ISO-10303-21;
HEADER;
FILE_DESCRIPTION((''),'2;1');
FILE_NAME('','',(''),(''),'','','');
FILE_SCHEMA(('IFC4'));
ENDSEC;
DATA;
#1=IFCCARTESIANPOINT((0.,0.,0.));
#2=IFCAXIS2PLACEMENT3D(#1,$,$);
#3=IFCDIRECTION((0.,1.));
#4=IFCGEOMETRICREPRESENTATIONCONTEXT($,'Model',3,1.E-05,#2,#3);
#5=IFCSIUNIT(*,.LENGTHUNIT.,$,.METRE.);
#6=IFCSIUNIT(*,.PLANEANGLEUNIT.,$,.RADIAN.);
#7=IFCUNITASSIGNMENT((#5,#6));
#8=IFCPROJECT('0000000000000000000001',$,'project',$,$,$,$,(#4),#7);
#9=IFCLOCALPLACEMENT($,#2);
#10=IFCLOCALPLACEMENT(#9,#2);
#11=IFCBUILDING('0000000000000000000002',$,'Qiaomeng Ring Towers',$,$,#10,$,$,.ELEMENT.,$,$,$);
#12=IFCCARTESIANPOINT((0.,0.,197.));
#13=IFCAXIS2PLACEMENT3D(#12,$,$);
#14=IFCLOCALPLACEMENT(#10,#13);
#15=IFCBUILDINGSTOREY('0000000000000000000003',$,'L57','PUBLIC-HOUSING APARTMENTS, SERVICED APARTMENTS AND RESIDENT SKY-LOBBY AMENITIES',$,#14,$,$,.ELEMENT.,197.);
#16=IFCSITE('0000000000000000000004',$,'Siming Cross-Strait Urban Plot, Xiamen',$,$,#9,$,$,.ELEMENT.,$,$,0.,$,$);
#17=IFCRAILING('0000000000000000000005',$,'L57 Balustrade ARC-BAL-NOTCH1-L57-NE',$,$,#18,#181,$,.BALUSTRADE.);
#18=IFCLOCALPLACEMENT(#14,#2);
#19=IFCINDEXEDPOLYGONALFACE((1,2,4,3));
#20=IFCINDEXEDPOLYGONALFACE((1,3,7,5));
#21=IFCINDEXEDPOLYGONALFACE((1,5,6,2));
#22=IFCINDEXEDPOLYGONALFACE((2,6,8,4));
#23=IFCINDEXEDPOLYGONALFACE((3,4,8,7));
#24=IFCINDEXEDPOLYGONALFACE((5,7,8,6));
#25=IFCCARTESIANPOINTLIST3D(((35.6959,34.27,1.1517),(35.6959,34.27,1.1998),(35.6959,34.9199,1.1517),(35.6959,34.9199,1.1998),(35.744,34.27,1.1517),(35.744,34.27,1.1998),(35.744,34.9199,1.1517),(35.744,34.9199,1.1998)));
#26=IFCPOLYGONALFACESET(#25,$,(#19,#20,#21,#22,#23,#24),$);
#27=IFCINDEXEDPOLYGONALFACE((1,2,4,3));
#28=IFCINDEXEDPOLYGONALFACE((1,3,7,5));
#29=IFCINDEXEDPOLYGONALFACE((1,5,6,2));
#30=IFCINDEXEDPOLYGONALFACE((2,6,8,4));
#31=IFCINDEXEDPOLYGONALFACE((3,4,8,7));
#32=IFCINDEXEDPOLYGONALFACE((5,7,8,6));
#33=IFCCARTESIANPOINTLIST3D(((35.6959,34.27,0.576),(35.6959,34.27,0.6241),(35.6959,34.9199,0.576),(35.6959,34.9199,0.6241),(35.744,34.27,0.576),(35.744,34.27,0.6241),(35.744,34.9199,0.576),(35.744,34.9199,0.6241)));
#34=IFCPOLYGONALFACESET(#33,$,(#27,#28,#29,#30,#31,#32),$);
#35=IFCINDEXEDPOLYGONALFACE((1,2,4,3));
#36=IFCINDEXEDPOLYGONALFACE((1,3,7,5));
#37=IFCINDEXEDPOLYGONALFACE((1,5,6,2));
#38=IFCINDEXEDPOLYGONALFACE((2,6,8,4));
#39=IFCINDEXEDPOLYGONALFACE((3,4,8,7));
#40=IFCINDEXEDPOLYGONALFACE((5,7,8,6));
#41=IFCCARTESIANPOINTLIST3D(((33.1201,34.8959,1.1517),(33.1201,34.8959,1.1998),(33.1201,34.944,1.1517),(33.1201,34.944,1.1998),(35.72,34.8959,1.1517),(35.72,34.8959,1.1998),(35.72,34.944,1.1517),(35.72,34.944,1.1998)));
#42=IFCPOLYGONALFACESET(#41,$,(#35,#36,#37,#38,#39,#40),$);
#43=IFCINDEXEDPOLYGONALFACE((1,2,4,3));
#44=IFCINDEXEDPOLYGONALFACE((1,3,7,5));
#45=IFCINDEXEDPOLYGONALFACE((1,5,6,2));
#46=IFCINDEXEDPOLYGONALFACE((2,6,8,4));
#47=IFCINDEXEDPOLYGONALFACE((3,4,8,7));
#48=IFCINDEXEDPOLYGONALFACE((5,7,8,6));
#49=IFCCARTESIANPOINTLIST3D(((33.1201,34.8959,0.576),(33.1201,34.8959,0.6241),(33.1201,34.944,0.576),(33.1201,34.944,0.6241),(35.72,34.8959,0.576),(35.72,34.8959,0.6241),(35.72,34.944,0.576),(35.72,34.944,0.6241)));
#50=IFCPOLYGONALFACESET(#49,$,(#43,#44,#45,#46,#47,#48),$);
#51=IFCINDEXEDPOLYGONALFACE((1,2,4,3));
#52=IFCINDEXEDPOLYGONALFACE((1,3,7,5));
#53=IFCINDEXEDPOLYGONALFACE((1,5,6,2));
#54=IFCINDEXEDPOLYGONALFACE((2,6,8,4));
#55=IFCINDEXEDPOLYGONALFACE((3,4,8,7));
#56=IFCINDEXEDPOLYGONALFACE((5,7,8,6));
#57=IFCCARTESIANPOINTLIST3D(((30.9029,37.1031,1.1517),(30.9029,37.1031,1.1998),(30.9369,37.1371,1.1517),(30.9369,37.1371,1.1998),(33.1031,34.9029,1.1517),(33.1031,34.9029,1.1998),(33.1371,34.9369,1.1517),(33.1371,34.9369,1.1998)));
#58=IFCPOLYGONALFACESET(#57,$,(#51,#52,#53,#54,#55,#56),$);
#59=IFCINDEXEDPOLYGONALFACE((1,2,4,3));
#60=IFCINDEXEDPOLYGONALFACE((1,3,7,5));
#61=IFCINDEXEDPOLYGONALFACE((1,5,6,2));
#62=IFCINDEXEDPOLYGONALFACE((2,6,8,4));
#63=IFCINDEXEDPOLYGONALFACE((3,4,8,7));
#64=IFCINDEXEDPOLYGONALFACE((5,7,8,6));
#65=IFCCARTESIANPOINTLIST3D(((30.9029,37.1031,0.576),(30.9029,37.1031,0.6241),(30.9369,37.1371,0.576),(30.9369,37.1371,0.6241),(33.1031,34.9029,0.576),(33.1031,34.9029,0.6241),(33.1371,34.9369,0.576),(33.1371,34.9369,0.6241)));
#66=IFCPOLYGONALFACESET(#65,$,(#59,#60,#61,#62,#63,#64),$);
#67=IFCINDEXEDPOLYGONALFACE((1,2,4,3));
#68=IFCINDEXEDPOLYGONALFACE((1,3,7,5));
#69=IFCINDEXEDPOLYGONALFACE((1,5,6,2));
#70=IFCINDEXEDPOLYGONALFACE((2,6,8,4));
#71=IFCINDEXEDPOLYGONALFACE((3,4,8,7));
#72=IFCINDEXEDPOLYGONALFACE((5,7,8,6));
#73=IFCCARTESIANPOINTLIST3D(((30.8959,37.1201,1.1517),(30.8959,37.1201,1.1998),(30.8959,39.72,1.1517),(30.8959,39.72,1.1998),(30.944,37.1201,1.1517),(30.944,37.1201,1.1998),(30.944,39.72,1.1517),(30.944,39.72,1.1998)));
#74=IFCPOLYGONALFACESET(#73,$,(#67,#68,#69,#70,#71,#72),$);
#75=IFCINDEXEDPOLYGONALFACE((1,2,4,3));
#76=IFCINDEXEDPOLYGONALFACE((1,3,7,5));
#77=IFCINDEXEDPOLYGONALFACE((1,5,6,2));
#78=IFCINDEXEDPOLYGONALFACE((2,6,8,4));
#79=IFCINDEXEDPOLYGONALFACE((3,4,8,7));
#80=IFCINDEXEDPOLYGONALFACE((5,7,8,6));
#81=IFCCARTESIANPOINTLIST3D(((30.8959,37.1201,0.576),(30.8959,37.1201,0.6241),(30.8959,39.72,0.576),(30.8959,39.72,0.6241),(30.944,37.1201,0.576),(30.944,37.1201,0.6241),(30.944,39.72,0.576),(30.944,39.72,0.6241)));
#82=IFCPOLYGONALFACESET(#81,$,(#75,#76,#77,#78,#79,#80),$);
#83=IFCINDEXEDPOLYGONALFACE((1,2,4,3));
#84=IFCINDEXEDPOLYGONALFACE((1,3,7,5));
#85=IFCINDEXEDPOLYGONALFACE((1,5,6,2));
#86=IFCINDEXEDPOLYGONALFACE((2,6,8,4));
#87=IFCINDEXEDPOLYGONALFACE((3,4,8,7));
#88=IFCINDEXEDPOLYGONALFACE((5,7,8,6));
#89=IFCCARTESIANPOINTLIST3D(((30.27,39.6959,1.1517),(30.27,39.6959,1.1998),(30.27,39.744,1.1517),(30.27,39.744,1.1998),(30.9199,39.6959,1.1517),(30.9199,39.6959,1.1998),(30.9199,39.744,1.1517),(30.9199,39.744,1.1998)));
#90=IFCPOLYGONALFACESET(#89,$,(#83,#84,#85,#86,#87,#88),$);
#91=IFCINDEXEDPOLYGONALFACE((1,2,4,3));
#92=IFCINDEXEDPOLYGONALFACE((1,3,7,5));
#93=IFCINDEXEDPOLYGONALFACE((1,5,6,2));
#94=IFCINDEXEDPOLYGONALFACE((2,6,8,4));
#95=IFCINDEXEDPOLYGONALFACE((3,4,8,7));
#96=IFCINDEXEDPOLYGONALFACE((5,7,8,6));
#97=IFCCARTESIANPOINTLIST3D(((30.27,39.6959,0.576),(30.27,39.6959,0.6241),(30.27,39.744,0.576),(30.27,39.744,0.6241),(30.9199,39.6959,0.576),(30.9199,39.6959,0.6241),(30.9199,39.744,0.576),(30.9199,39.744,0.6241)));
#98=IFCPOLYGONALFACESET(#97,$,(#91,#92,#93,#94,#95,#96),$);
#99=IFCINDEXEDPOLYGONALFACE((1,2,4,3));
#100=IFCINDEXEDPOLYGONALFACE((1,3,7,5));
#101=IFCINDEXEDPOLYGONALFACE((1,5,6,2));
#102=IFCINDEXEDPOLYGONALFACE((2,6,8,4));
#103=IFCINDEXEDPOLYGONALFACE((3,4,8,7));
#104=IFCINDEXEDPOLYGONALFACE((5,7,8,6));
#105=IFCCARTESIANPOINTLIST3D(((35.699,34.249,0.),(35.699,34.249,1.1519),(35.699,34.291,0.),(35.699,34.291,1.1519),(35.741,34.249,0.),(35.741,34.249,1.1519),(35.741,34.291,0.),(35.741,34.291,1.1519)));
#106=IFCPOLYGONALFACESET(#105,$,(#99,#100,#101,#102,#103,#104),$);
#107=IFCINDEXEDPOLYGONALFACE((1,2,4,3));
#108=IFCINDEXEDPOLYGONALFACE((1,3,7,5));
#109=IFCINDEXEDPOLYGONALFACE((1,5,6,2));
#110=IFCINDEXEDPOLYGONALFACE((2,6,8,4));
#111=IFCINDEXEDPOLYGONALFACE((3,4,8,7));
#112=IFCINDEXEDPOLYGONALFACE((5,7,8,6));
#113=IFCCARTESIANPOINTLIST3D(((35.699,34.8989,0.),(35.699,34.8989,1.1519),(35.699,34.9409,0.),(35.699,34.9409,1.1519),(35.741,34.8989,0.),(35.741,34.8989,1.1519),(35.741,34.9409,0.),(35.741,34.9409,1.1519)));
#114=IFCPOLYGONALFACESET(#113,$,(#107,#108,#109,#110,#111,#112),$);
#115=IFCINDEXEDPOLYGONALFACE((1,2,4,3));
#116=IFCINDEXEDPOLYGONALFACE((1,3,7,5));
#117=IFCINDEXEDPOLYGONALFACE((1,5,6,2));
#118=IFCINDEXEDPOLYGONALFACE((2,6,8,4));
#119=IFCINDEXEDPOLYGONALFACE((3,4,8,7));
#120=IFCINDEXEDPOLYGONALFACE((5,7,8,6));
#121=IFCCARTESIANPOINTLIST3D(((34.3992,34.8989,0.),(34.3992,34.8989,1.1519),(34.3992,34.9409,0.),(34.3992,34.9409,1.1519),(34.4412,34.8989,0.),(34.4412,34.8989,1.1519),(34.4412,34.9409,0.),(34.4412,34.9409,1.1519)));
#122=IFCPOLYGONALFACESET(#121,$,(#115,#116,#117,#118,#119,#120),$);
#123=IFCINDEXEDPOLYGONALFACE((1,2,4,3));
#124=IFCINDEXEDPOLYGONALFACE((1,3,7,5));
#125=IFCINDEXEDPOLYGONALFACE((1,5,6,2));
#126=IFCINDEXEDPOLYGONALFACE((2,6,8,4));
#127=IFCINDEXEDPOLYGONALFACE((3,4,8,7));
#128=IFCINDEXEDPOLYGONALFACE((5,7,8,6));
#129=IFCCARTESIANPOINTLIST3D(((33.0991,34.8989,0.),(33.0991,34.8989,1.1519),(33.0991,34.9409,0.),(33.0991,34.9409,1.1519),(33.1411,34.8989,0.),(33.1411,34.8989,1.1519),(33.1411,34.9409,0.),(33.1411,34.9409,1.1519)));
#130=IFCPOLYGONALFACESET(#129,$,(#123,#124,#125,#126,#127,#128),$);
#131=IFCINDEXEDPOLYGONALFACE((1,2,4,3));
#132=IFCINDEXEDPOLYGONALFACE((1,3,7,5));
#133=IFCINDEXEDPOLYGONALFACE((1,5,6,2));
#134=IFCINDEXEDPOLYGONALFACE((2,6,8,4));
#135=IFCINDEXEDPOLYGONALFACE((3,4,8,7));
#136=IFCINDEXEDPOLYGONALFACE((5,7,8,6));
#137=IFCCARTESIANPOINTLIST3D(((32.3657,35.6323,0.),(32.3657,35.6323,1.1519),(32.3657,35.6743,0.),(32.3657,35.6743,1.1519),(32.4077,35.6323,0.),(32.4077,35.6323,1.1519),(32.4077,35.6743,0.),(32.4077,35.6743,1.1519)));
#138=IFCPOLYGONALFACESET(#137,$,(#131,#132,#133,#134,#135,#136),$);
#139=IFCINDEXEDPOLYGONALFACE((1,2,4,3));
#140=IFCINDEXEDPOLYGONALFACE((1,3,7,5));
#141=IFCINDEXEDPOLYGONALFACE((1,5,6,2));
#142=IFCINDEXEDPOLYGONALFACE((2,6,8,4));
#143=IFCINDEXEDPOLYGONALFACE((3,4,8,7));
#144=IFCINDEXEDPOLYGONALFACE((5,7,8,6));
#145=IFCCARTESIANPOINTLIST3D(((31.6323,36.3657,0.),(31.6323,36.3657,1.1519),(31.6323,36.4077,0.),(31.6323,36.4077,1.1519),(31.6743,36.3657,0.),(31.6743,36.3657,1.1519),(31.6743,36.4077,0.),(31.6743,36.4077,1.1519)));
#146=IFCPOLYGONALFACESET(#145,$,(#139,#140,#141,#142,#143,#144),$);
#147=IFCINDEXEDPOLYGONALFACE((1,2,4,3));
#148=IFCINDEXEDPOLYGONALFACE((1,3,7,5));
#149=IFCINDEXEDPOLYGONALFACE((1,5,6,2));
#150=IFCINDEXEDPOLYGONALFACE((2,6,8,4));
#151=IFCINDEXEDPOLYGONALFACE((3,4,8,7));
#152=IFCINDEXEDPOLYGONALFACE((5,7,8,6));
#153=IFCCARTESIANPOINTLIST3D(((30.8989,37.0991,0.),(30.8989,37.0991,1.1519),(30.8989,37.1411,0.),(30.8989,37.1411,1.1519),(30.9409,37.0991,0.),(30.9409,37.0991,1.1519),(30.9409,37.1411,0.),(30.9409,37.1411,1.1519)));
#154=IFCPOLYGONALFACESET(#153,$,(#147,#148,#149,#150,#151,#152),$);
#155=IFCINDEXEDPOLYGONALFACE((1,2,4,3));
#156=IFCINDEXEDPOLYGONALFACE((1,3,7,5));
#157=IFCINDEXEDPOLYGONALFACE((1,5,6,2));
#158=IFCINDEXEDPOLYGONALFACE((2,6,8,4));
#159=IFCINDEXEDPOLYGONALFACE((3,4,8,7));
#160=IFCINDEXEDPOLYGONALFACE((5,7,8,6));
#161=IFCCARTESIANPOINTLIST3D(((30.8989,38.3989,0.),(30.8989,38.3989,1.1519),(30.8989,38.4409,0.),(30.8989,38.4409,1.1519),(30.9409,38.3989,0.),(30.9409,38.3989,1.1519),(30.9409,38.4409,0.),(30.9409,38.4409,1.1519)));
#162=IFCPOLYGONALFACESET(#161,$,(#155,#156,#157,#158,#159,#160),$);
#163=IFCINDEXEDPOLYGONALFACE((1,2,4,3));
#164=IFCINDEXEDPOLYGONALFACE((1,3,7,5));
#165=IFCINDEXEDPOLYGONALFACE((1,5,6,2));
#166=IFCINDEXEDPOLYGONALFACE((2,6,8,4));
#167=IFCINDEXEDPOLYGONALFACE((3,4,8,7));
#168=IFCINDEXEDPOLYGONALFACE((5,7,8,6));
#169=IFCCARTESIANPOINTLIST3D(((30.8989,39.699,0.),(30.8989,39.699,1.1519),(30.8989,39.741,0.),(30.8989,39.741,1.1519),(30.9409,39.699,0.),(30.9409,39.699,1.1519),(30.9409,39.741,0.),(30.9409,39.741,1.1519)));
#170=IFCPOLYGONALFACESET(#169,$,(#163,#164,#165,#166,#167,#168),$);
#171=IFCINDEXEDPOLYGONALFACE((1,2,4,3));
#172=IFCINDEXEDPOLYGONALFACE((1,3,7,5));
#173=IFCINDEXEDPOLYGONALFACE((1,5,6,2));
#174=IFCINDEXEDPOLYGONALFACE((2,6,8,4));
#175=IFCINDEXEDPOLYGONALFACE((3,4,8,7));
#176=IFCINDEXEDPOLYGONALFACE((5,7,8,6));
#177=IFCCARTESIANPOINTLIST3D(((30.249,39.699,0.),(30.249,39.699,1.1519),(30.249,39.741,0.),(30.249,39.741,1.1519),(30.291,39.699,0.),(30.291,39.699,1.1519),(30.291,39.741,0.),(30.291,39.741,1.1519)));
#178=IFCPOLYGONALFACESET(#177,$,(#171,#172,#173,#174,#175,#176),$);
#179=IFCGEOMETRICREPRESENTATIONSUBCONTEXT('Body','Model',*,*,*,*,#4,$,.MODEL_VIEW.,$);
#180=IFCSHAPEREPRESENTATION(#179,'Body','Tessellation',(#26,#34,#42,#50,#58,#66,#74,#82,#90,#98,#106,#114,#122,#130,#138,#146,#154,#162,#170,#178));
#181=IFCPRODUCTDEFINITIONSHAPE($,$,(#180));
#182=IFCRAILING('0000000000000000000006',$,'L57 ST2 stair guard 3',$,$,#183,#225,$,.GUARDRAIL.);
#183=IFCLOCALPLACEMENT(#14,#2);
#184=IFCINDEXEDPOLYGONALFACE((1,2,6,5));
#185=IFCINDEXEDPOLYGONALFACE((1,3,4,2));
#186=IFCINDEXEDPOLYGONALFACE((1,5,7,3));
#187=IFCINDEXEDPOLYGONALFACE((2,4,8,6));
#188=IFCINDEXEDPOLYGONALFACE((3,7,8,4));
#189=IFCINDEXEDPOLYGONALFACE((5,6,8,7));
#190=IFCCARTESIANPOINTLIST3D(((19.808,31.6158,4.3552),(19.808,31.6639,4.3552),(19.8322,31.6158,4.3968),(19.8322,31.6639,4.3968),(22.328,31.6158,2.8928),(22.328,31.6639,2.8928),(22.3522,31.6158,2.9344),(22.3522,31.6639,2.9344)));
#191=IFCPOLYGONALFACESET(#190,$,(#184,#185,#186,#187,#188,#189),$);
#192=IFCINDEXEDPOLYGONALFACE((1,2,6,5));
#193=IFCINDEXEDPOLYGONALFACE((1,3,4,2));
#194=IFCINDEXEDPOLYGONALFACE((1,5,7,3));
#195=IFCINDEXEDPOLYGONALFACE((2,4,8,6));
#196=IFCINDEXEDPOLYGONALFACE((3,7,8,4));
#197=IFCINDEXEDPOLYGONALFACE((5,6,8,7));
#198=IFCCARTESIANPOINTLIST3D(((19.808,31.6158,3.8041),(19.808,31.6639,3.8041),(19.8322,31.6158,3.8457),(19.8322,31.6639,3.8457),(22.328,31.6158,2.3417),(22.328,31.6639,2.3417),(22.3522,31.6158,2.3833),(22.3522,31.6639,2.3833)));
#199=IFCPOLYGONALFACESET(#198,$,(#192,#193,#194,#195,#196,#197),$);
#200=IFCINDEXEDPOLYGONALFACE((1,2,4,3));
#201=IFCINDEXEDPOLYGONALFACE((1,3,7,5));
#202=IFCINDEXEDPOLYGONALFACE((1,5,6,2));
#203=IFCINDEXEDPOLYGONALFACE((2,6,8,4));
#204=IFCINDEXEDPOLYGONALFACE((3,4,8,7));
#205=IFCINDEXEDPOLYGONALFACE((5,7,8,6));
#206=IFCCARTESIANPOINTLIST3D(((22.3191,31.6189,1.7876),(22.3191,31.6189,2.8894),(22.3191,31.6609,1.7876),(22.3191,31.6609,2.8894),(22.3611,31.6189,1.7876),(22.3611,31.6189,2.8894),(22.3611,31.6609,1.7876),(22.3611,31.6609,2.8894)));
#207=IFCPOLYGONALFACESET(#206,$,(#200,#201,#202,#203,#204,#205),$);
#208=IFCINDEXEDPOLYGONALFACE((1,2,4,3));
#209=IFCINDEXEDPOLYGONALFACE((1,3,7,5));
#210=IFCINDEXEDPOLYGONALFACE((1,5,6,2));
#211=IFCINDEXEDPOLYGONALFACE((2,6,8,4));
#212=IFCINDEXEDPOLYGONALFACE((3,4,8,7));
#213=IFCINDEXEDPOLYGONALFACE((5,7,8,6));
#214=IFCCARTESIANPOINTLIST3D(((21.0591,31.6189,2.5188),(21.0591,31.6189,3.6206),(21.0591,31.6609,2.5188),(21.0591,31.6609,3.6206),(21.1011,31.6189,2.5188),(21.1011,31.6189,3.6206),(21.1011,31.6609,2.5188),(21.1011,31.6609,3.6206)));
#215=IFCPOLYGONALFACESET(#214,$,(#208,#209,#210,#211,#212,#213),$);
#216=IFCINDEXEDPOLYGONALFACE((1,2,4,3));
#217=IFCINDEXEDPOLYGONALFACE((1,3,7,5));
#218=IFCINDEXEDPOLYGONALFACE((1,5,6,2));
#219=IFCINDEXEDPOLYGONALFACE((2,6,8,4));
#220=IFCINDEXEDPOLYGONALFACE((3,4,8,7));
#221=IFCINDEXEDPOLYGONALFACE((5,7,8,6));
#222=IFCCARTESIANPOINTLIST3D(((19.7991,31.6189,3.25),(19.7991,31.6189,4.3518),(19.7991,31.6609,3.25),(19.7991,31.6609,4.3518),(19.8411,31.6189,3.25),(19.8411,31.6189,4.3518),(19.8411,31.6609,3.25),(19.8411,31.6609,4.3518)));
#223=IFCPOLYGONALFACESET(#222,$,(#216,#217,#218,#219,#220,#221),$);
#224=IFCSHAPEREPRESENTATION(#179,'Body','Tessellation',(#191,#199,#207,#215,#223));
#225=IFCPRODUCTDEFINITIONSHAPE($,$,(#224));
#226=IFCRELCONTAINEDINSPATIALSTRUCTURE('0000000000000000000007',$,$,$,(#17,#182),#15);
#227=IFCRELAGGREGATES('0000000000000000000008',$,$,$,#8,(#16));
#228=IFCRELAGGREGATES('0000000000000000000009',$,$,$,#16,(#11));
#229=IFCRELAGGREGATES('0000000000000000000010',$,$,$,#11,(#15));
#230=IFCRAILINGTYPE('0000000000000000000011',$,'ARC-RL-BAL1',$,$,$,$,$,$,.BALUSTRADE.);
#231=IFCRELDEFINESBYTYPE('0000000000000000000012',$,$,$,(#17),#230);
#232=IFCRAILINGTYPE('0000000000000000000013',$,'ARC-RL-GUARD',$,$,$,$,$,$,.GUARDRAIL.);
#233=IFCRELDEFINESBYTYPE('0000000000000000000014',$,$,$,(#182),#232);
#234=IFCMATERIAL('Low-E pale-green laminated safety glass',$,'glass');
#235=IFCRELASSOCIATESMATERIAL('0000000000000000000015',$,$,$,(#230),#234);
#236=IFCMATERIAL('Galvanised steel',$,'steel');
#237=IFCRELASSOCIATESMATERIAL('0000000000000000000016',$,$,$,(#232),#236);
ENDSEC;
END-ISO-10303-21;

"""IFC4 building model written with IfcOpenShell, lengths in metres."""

from ifc_helpers import new_model, si_unit, direction, frame, origin, origin_2d, place, context, subcontext, project, spatial, rectangle, extrude, material, type_object, element, save


model = new_model("IFC4")

# Units and contexts
model_context = context("Model", 3, precision=1e-05, world=origin(), true_north=direction((0.0, 1.0)))
body_context = subcontext(model_context, "Body", "Model", "MODEL_VIEW")
ifc_project = project(units=[si_unit("LENGTHUNIT", "METRE"), si_unit("PLANEANGLEUNIT", "RADIAN")], contexts=[model_context])

# Site, building, storey
site_placement = place(None, origin())
site = spatial("IfcSite", under=ifc_project, at=site_placement, Name="Siming Cross-Strait Urban Plot, Xiamen", CompositionType="ELEMENT", RefElevation=0.0)
building_placement = place(site_placement, origin())
building = spatial("IfcBuilding", under=site, at=building_placement, Name="Qiaomeng Ring Towers", CompositionType="ELEMENT")
storey_placement = place(building_placement, frame((0.0, 0.0, 197.0)))
storey = spatial("IfcBuildingStorey", under=building, at=storey_placement, Name="L57", Description="PUBLIC-HOUSING APARTMENTS, SERVICED APARTMENTS AND RESIDENT SKY-LOBBY AMENITIES", CompositionType="ELEMENT", Elevation=197.0)

# Shared definitions
ifc_material_1 = material(Name="Galvanised steel", Category="steel")

# Railings
ifc_material_2 = material(Name="Low-E pale-green laminated safety glass", Category="glass")
railing_type_1 = type_object("IfcRailingType", Name="ARC-RL-BAL1", PredefinedType="BALUSTRADE", material=ifc_material_2)
railing_1_placement = place(storey_placement, frame((35.72, 34.27, 0.0)))
element("IfcRailing", 1, at=railing_1_placement, inside=storey, type_object=railing_type_1, Name="L57 Balustrade ARC-BAL-NOTCH1-L57-NE", PredefinedType="BALUSTRADE", context=body_context, shape_type="SweptSolid", body=[
    extrude(rectangle(XDim=0.0481, YDim=0.0481, at=origin_2d()), frame((0.0, 0.0, 1.1758), z_axis=(0.0, 1.0, 0.0), x_axis=(-1.0, 0.0, 0.0)), (0.0, 0.0, 1.0), 0.6499),
    extrude(rectangle(XDim=0.0481, YDim=0.0481, at=origin_2d()), frame((0.0, 0.0, 0.6001), z_axis=(0.0, 1.0, 0.0), x_axis=(-1.0, 0.0, 0.0)), (0.0, 0.0, 1.0), 0.6499),
    extrude(rectangle(XDim=0.0481, YDim=0.0481, at=origin_2d()), frame((0.0, 0.6499, 1.1758), z_axis=(-1.0, 0.0, 0.0), x_axis=(0.0, -1.0, 0.0)), (0.0, 0.0, 1.0), 2.5999),
    extrude(rectangle(XDim=0.0481, YDim=0.0481, at=origin_2d()), frame((0.0, 0.6499, 0.6001), z_axis=(-1.0, 0.0, 0.0), x_axis=(0.0, -1.0, 0.0)), (0.0, 0.0, 1.0), 2.5999),
    extrude(rectangle(XDim=0.0481, YDim=0.0481, at=origin_2d()), frame((-2.5999, 0.6499, 1.1758), z_axis=(-0.707107, 0.707107, 0.0), x_axis=(-0.707107, -0.707107, 0.0)), (0.0, 0.0, 1.0), 3.1116),
    extrude(rectangle(XDim=0.0481, YDim=0.0481, at=origin_2d()), frame((-2.5999, 0.6499, 0.6001), z_axis=(-0.707107, 0.707107, 0.0), x_axis=(-0.707107, -0.707107, 0.0)), (0.0, 0.0, 1.0), 3.1116),
    extrude(rectangle(XDim=0.0481, YDim=0.0481, at=origin_2d()), frame((-4.8, 2.8501, 1.1758), z_axis=(0.0, 1.0, 0.0), x_axis=(-1.0, 0.0, 0.0)), (0.0, 0.0, 1.0), 2.5999),
    extrude(rectangle(XDim=0.0481, YDim=0.0481, at=origin_2d()), frame((-4.8, 2.8501, 0.6001), z_axis=(0.0, 1.0, 0.0), x_axis=(-1.0, 0.0, 0.0)), (0.0, 0.0, 1.0), 2.5999),
    extrude(rectangle(XDim=0.0481, YDim=0.0481, at=origin_2d()), frame((-4.8, 5.45, 1.1758), z_axis=(-1.0, 0.0, 0.0), x_axis=(0.0, -1.0, 0.0)), (0.0, 0.0, 1.0), 0.6499),
    extrude(rectangle(XDim=0.0481, YDim=0.0481, at=origin_2d()), frame((-4.8, 5.45, 0.6001), z_axis=(-1.0, 0.0, 0.0), x_axis=(0.0, -1.0, 0.0)), (0.0, 0.0, 1.0), 0.6499),
    extrude(rectangle(XDim=0.042, YDim=0.042, at=origin_2d()), origin(), (0.0, 0.0, 1.0), 1.1519),
    extrude(rectangle(XDim=0.042, YDim=0.042, at=origin_2d()), frame((0.0, 0.6499, 0.0)), (0.0, 0.0, 1.0), 1.1519),
    extrude(rectangle(XDim=0.042, YDim=0.042, at=origin_2d()), frame((-1.2998, 0.6499, 0.0)), (0.0, 0.0, 1.0), 1.1519),
    extrude(rectangle(XDim=0.042, YDim=0.042, at=origin_2d()), frame((-2.5999, 0.6499, 0.0)), (0.0, 0.0, 1.0), 1.1519),
    extrude(rectangle(XDim=0.042, YDim=0.042, at=origin_2d()), frame((-3.3333, 1.3833, 0.0)), (0.0, 0.0, 1.0), 1.1519),
    extrude(rectangle(XDim=0.042, YDim=0.042, at=origin_2d()), frame((-4.0667, 2.1167, 0.0)), (0.0, 0.0, 1.0), 1.1519),
    extrude(rectangle(XDim=0.042, YDim=0.042, at=origin_2d()), frame((-4.8, 2.8501, 0.0)), (0.0, 0.0, 1.0), 1.1519),
    extrude(rectangle(XDim=0.042, YDim=0.042, at=origin_2d()), frame((-4.8, 4.1499, 0.0)), (0.0, 0.0, 1.0), 1.1519),
    extrude(rectangle(XDim=0.042, YDim=0.042, at=origin_2d()), frame((-4.8, 5.45, 0.0)), (0.0, 0.0, 1.0), 1.1519),
    extrude(rectangle(XDim=0.042, YDim=0.042, at=origin_2d()), frame((-5.45, 5.45, 0.0)), (0.0, 0.0, 1.0), 1.1519),
])
railing_type_2 = type_object("IfcRailingType", Name="ARC-RL-GUARD", PredefinedType="GUARDRAIL", material=ifc_material_1)
railing_2_placement = place(storey_placement, frame((22.3401, 31.6399, 1.7876)))
element("IfcRailing", 2, at=railing_2_placement, inside=storey, type_object=railing_type_2, Name="L57 ST2 stair guard 3", PredefinedType="GUARDRAIL", context=body_context, shape_type="SweptSolid", body=[
    extrude(rectangle(XDim=0.0481, YDim=0.0481, at=origin_2d()), frame((0.0, 0.0, 1.126), z_axis=(-0.864913, 0.0, 0.501921), x_axis=(0.0, -1.0, 0.0)), (0.0, 0.0, 1.0), 2.9136),
    extrude(rectangle(XDim=0.0481, YDim=0.0481, at=origin_2d()), frame((0.0, 0.0, 0.575), z_axis=(-0.864913, 0.0, 0.501921), x_axis=(0.0, -1.0, 0.0)), (0.0, 0.0, 1.0), 2.9136),
    extrude(rectangle(XDim=0.042, YDim=0.042, at=origin_2d()), origin(), (0.0, 0.0, 1.0), 1.1018),
    extrude(rectangle(XDim=0.042, YDim=0.042, at=origin_2d()), frame((-1.26, 0.0, 0.7312)), (0.0, 0.0, 1.0), 1.1018),
    extrude(rectangle(XDim=0.042, YDim=0.042, at=origin_2d()), frame((-2.52, 0.0, 1.4624)), (0.0, 0.0, 1.0), 1.1018),
])

save(model, "model.ifc")
